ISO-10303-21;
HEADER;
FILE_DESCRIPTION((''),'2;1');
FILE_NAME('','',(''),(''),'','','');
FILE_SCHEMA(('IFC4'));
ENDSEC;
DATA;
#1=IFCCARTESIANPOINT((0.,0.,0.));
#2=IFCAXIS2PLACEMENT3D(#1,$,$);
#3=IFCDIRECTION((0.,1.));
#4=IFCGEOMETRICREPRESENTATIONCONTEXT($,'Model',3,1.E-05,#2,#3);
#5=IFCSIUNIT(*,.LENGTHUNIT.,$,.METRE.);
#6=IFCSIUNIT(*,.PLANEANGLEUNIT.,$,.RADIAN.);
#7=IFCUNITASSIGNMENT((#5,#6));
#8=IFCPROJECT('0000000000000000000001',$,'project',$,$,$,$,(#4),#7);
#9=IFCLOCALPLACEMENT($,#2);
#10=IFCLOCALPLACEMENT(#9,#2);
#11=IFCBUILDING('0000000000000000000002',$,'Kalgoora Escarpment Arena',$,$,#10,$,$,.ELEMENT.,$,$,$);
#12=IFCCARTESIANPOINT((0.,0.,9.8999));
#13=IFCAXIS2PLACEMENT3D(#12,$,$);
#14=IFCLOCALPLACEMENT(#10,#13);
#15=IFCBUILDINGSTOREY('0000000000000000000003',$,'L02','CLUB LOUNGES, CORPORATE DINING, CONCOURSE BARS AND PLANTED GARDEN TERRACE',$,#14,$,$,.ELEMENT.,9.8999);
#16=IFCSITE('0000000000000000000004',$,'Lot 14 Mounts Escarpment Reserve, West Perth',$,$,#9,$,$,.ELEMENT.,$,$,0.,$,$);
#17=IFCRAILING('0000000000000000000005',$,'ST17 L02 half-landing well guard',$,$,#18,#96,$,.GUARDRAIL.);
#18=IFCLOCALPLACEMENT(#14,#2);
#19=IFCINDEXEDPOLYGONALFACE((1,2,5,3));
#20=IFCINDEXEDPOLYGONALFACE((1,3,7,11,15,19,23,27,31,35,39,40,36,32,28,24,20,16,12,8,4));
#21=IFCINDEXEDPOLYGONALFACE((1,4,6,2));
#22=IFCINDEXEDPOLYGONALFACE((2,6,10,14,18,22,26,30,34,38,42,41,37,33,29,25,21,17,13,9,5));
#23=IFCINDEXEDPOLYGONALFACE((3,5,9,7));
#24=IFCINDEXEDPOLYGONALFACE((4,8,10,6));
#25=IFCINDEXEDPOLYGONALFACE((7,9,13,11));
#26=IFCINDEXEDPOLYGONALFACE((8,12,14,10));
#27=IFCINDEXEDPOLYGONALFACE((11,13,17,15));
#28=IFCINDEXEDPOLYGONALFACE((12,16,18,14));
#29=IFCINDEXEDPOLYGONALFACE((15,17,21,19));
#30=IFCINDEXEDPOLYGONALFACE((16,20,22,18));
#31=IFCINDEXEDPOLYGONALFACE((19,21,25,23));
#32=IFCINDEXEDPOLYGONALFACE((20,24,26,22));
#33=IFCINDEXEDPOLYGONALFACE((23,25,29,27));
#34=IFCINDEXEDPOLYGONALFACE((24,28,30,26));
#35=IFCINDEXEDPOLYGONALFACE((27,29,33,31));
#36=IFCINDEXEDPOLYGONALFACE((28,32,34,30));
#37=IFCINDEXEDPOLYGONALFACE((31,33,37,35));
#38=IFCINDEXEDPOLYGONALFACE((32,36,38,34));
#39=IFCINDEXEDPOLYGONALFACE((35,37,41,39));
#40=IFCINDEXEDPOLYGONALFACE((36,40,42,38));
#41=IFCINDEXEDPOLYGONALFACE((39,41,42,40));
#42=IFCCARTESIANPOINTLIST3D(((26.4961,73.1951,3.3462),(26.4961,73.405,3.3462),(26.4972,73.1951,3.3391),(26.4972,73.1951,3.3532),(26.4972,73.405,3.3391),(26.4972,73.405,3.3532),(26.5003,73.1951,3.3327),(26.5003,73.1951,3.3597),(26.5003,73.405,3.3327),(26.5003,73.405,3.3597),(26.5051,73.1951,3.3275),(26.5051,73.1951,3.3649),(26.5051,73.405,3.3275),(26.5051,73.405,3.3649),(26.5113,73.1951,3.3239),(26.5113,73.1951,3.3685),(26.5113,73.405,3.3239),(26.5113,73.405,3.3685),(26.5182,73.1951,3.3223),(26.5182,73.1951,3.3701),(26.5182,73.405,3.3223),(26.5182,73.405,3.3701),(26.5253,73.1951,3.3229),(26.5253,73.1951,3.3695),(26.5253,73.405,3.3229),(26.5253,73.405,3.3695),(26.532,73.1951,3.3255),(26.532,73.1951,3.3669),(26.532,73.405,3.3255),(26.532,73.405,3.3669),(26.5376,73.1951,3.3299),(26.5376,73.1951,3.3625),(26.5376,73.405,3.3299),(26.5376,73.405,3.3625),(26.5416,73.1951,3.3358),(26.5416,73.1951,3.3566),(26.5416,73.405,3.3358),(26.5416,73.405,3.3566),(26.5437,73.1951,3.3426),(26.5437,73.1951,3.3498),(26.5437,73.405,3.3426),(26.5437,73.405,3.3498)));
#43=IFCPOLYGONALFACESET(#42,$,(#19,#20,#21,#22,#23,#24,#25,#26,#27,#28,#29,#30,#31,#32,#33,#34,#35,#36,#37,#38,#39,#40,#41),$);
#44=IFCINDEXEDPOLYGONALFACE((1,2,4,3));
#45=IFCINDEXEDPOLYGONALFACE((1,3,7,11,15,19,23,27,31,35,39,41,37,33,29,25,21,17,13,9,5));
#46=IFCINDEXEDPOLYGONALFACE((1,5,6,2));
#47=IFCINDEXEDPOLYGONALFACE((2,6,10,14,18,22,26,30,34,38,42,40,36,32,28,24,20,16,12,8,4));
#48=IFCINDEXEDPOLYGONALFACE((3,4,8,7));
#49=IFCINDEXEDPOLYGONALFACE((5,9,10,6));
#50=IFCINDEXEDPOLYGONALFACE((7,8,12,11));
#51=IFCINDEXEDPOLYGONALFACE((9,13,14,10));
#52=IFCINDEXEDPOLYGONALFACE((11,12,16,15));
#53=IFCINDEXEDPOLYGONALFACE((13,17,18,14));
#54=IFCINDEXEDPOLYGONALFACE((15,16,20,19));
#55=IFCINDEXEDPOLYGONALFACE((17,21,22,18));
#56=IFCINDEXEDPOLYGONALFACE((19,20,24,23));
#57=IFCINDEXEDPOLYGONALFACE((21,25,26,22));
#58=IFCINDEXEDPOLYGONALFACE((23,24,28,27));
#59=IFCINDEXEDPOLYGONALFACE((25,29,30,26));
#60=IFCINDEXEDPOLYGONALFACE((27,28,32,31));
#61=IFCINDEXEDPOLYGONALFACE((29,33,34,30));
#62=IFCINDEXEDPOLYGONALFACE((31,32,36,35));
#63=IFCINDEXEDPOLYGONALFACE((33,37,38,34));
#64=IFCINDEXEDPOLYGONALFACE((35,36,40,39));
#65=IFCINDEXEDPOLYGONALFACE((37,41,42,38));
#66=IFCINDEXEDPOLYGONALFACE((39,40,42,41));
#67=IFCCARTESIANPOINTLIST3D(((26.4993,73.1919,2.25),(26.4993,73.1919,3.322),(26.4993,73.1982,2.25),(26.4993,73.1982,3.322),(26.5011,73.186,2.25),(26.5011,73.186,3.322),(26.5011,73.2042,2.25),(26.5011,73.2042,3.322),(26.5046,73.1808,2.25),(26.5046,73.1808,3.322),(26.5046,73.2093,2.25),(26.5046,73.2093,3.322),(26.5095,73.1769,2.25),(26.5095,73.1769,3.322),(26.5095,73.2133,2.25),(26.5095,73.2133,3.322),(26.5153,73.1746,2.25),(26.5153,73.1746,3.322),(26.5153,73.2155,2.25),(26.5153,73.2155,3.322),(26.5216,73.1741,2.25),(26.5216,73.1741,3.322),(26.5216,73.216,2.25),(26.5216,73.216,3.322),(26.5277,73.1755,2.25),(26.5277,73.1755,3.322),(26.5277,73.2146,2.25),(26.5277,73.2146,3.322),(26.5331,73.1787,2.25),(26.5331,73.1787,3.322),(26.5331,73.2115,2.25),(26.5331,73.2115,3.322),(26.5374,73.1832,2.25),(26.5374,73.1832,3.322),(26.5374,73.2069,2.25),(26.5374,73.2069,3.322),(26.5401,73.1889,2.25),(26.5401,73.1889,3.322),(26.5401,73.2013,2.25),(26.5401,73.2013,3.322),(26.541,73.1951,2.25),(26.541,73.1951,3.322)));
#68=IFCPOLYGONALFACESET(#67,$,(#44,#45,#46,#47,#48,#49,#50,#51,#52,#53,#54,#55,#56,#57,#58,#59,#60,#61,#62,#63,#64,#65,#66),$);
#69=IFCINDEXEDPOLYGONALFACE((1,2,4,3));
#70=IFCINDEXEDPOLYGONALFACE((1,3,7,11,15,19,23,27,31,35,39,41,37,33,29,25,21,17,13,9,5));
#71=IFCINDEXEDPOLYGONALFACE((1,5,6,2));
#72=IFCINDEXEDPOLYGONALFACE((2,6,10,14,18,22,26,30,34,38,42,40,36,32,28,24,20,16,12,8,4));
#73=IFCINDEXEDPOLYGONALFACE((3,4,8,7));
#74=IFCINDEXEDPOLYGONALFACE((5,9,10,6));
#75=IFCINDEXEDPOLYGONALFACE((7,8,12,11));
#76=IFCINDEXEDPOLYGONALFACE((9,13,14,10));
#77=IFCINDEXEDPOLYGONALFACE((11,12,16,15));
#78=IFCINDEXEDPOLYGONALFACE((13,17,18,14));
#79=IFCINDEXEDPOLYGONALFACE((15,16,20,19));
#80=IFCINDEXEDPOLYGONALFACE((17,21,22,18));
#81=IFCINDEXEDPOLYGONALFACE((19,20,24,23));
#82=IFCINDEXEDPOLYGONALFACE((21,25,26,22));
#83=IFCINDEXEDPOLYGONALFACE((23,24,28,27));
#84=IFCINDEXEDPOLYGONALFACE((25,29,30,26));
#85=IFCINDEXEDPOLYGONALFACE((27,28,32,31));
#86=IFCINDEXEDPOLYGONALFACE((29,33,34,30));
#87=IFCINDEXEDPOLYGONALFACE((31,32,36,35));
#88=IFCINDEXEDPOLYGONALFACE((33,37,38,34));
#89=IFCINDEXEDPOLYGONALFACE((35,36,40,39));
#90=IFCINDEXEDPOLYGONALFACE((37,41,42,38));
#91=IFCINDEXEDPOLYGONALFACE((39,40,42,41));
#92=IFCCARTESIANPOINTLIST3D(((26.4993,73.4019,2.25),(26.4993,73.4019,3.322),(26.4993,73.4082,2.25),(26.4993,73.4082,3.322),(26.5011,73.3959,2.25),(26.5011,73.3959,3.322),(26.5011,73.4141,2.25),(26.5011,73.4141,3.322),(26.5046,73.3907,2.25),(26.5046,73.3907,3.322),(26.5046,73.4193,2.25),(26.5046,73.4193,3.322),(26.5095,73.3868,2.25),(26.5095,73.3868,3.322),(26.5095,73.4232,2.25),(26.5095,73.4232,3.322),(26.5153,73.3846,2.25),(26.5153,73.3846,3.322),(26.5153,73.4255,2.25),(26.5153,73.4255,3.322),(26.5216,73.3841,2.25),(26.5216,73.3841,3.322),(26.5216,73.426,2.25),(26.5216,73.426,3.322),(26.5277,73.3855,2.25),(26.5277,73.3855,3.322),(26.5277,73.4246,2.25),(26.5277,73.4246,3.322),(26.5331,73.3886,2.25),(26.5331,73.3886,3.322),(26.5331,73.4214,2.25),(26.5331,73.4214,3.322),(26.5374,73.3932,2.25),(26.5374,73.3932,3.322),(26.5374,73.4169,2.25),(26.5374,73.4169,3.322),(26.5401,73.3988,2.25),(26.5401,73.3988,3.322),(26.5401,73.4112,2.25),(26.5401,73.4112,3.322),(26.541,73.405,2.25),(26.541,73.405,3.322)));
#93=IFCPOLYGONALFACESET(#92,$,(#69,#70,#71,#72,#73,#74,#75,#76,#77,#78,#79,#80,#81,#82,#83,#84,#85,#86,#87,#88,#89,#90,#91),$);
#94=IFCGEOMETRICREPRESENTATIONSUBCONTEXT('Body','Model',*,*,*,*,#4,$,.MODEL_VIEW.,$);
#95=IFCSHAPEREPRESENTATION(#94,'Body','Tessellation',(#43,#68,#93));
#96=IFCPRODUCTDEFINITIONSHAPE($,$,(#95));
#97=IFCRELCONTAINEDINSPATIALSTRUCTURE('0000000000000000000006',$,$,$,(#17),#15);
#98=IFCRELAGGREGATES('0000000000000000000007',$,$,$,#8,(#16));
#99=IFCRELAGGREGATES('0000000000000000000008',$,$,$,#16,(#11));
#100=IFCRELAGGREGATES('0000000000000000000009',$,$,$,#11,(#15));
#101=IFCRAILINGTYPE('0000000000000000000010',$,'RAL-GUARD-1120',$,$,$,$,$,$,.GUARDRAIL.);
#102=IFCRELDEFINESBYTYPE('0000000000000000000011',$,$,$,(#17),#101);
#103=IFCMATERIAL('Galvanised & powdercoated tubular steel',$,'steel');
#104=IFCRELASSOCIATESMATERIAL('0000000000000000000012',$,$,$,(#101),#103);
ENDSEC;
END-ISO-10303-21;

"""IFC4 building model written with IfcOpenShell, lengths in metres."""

from ifc_helpers import new_model, si_unit, direction, frame, origin, origin_2d, place, context, subcontext, project, spatial, circle, extrude, material, type_object, element, save


model = new_model("IFC4")

# Units and contexts
model_context = context("Model", 3, precision=1e-05, world=origin(), true_north=direction((0.0, 1.0)))
body_context = subcontext(model_context, "Body", "Model", "MODEL_VIEW")
ifc_project = project(units=[si_unit("LENGTHUNIT", "METRE"), si_unit("PLANEANGLEUNIT", "RADIAN")], contexts=[model_context])

# Site, building, storey
site_placement = place(None, origin())
site = spatial("IfcSite", under=ifc_project, at=site_placement, Name="Lot 14 Mounts Escarpment Reserve, West Perth", CompositionType="ELEMENT", RefElevation=0.0)
building_placement = place(site_placement, origin())
building = spatial("IfcBuilding", under=site, at=building_placement, Name="Kalgoora Escarpment Arena", CompositionType="ELEMENT")
storey_placement = place(building_placement, frame((0.0, 0.0, 9.8999)))
storey = spatial("IfcBuildingStorey", under=building, at=storey_placement, Name="L02", Description="CLUB LOUNGES, CORPORATE DINING, CONCOURSE BARS AND PLANTED GARDEN TERRACE", CompositionType="ELEMENT", Elevation=9.8999)

# Railing
ifc_material_1 = material(Name="Galvanised & powdercoated tubular steel", Category="steel")
railing_type_1 = type_object("IfcRailingType", Name="RAL-GUARD-1120", PredefinedType="GUARDRAIL", material=ifc_material_1)
railing_1_placement = place(storey_placement, frame((26.52, 73.1951, 2.25)))
element("IfcRailing", 1, at=railing_1_placement, inside=storey, type_object=railing_type_1, Name="ST17 L02 half-landing well guard", PredefinedType="GUARDRAIL", context=body_context, shape_type="SweptSolid", body=[
    extrude(circle(Radius=0.0239, at=origin_2d()), frame((0.0, 0.0, 1.0962), z_axis=(0.0, 1.0, 0.0), x_axis=(-1.0, 0.0, 0.0)), (0.0, 0.0, 1.0), 0.21),
    extrude(circle(Radius=0.021, at=origin_2d()), origin(), (0.0, 0.0, 1.0), 1.072),
    extrude(circle(Radius=0.021, at=origin_2d()), frame((0.0, 0.21, 0.0)), (0.0, 0.0, 1.0), 1.072),
])

save(model, "model.ifc")
